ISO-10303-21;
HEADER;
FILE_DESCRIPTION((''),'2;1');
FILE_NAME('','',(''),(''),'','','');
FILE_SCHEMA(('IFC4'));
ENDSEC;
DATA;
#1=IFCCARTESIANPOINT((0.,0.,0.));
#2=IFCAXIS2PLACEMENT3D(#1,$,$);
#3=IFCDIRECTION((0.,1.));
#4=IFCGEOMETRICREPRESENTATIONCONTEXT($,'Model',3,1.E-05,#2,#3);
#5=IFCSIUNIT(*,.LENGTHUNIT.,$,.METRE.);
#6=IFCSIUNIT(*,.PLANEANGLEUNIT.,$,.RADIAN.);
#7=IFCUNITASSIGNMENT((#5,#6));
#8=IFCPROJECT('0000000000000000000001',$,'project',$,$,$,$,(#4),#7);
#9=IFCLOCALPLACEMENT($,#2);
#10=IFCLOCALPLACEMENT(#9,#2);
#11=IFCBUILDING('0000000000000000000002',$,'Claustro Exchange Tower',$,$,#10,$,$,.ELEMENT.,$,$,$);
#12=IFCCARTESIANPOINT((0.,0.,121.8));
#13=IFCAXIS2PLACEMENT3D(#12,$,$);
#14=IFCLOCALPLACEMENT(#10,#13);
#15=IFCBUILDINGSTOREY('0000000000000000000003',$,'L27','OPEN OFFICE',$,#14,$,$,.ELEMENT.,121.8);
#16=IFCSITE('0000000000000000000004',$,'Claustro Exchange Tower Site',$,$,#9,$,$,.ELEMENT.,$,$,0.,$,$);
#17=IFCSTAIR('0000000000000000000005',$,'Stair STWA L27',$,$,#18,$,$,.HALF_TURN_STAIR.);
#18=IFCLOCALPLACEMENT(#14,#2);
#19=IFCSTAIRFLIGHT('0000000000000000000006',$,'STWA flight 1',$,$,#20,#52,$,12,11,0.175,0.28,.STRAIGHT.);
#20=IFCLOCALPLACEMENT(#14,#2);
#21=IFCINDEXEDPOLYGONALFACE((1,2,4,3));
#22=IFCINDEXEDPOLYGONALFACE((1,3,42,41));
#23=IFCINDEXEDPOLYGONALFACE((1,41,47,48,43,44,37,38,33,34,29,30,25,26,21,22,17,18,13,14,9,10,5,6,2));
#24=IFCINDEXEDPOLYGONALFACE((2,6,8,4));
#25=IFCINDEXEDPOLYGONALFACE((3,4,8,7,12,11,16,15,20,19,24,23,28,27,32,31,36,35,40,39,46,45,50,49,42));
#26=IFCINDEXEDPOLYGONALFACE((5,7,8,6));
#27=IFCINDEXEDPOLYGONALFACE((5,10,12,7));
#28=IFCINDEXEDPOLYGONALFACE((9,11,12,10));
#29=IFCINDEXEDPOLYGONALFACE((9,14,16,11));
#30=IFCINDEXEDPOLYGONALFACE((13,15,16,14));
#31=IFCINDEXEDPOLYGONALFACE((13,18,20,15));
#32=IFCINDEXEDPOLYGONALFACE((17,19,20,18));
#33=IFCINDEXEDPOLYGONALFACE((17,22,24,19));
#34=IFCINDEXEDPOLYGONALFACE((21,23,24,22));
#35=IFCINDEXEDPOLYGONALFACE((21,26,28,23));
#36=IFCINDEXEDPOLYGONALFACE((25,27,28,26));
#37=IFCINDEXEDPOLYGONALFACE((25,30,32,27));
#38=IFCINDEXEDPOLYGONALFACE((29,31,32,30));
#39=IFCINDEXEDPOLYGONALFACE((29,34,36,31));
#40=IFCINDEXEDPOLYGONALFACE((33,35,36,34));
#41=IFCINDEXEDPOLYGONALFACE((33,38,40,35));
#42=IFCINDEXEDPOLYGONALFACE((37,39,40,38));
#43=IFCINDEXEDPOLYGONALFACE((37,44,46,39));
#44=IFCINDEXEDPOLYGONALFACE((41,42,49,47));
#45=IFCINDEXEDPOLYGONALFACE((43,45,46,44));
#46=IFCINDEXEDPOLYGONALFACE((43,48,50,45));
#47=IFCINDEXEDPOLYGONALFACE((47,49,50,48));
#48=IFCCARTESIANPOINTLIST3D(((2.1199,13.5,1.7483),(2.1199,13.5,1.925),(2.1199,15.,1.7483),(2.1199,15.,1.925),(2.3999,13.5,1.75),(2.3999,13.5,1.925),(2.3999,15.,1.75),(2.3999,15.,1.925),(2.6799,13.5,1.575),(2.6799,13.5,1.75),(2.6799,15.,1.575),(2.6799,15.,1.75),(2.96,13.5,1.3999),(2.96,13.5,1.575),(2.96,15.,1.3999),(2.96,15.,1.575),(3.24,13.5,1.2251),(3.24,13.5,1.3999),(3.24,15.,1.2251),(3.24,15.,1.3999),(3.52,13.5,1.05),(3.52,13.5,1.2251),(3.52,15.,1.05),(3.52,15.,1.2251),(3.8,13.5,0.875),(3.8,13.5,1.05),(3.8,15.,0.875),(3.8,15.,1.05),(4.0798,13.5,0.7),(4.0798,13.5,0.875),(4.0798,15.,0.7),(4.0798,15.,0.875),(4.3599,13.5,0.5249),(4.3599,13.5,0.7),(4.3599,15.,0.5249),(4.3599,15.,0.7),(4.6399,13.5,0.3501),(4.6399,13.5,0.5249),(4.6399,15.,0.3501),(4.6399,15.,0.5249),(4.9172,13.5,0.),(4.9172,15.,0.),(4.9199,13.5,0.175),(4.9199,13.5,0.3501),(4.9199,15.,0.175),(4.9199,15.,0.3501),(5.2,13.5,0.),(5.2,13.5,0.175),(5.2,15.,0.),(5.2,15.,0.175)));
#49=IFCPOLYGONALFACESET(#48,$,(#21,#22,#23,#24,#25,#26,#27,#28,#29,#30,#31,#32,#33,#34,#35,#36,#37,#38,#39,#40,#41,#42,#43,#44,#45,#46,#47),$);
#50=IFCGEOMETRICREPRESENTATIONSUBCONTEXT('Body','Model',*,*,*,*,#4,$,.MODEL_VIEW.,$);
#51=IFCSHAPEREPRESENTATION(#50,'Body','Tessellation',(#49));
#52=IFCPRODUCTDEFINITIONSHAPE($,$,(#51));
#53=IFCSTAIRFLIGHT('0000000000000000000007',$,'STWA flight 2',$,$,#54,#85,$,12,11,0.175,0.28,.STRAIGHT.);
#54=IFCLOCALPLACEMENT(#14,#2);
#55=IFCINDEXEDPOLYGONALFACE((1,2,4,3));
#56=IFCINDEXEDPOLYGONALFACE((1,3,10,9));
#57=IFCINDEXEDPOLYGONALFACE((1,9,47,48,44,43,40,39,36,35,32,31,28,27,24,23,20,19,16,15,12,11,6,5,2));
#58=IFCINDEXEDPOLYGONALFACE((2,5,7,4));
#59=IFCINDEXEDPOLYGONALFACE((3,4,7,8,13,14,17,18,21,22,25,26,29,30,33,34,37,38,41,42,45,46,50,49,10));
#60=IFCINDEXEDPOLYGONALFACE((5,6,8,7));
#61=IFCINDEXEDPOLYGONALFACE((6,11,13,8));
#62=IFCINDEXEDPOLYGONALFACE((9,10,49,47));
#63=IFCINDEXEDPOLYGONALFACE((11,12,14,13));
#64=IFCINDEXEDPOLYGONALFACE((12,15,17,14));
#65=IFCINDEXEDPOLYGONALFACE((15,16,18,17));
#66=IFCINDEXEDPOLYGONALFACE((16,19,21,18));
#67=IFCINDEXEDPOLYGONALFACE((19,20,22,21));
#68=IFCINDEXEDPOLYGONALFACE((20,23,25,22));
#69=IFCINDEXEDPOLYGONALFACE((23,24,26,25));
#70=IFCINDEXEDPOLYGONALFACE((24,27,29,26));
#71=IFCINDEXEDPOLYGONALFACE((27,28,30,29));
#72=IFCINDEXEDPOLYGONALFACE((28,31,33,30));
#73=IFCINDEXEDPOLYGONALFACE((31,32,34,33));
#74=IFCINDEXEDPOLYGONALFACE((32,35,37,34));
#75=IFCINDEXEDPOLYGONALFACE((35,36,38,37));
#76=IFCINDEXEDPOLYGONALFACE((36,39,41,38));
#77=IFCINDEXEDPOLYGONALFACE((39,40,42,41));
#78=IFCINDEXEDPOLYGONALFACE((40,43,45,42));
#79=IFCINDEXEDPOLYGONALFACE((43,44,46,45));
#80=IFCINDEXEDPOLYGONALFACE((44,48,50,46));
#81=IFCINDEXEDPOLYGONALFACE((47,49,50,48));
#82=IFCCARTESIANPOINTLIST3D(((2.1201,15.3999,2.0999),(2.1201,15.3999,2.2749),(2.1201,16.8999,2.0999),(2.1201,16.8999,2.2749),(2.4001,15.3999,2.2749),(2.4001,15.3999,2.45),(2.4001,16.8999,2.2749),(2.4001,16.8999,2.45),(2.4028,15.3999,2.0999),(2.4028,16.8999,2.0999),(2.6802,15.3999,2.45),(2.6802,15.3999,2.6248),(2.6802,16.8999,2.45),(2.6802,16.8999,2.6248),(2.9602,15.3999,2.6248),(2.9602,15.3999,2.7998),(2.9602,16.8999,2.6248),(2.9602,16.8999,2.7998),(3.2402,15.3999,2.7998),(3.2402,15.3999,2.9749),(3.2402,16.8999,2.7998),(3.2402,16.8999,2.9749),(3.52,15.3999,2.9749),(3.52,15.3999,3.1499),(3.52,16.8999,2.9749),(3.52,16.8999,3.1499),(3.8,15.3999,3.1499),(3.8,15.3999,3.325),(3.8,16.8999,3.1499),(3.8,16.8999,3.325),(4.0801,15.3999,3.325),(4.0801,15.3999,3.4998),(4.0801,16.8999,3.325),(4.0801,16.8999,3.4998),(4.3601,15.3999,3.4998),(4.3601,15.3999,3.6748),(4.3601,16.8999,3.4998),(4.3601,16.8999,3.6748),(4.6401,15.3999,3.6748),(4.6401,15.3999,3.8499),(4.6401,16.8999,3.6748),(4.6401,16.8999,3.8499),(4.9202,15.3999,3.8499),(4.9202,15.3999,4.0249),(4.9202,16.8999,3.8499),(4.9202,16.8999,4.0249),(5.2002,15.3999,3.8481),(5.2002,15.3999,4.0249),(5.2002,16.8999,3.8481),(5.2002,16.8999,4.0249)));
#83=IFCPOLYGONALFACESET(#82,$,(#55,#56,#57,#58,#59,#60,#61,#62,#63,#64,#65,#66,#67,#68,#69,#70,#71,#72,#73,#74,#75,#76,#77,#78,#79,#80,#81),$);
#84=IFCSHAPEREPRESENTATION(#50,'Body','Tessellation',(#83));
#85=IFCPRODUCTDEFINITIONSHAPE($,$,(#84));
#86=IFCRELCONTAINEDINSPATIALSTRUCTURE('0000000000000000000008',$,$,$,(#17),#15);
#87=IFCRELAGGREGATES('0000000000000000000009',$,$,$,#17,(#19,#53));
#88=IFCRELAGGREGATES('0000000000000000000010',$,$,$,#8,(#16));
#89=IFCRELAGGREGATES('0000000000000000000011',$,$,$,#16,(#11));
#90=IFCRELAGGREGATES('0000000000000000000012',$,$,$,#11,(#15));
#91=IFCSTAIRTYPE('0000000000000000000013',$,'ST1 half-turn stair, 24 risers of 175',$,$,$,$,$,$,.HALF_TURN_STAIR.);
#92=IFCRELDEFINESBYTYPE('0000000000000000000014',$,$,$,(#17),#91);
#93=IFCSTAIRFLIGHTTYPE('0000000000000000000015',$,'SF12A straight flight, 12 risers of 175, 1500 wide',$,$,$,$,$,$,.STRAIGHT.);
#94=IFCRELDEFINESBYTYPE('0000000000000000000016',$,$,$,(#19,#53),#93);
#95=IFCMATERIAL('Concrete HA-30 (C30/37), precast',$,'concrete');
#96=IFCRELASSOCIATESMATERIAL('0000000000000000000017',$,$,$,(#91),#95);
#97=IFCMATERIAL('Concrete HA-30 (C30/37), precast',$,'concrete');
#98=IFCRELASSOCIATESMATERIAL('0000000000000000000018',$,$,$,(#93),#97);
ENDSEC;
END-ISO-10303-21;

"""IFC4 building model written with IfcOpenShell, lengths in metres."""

from ifc_helpers import new_model, si_unit, direction, frame, origin, place, context, subcontext, project, spatial, polyline, outline, extrude, material, type_object, element, aggregate, save


model = new_model("IFC4")

# Units and contexts
model_context = context("Model", 3, precision=1e-05, world=origin(), true_north=direction((0.0, 1.0)))
body_context = subcontext(model_context, "Body", "Model", "MODEL_VIEW")
ifc_project = project(units=[si_unit("LENGTHUNIT", "METRE"), si_unit("PLANEANGLEUNIT", "RADIAN")], contexts=[model_context])

# Site, building, storey
site_placement = place(None, origin())
site = spatial("IfcSite", under=ifc_project, at=site_placement, Name="Claustro Exchange Tower Site", CompositionType="ELEMENT", RefElevation=0.0)
building_placement = place(site_placement, origin())
building = spatial("IfcBuilding", under=site, at=building_placement, Name="Claustro Exchange Tower", CompositionType="ELEMENT")
storey_placement = place(building_placement, frame((0.0, 0.0, 121.8)))
storey = spatial("IfcBuildingStorey", under=building, at=storey_placement, Name="L27", Description="OPEN OFFICE", CompositionType="ELEMENT", Elevation=121.8)

# Stair, stair flights
ifc_material_1 = material(Name="Concrete HA-30 (C30/37), precast", Category="concrete")
stair_type = type_object("IfcStairType", Name="ST1 half-turn stair, 24 risers of 175", PredefinedType="HALF_TURN_STAIR", material=ifc_material_1)
stair_placement = place(storey_placement, origin())
stair = element("IfcStair", 1, at=stair_placement, inside=storey, type_object=stair_type, Name="Stair STWA L27", PredefinedType="HALF_TURN_STAIR")
ifc_material_2 = material(Name="Concrete HA-30 (C30/37), precast", Category="concrete")
stair_flight_type = type_object("IfcStairFlightType", Name="SF12A straight flight, 12 risers of 175, 1500 wide", PredefinedType="STRAIGHT", material=ifc_material_2)
stair_flight_1_placement = place(storey_placement, frame((5.2, 14.25, 0.0), z_axis=(0.0, 0.0, 1.0), x_axis=(-1.0, 0.0, 0.0)))
stair_flight_1 = element("IfcStairFlight", 2, at=stair_flight_1_placement, type_object=stair_flight_type, Name="STWA flight 1", NumberOfRisers=12, NumberOfTreads=11, PredefinedType="STRAIGHT", RiserHeight=0.175, TreadLength=0.28, context=body_context, shape_type="SweptSolid", body=[
    extrude(outline(polyline([(0.0, 0.0), (0.0, 0.175), (0.28, 0.175), (0.28, 0.3501), (0.5601, 0.3501), (0.5601, 0.5249), (0.8401, 0.5249), (0.8401, 0.7), (1.1201, 0.7), (1.1201, 0.875), (1.3999, 0.875), (1.3999, 1.05), (1.6799, 1.05), (1.6799, 1.2251), (1.96, 1.2251), (1.96, 1.3999), (2.24, 1.3999), (2.24, 1.575), (2.52, 1.575), (2.52, 1.75), (2.8, 1.75), (2.8, 1.925), (3.0801, 1.925), (3.0801, 2.1001), (3.0801, 1.7483), (0.2827, 0.0), (0.0, 0.0)])), frame((0.0, 0.75, 0.0), z_axis=(0.0, -1.0, 0.0), x_axis=(1.0, 0.0, 0.0)), (0.0, 0.0, 1.0), 1.5),
])
stair_flight_2_placement = place(storey_placement, frame((2.1201, 16.1499, 2.0999), z_axis=(0.0, 0.0, 1.0), x_axis=(1.0, 0.0, 0.0)))
stair_flight_2 = element("IfcStairFlight", 3, at=stair_flight_2_placement, type_object=stair_flight_type, Name="STWA flight 2", NumberOfRisers=12, NumberOfTreads=11, PredefinedType="STRAIGHT", RiserHeight=0.175, TreadLength=0.28, context=body_context, shape_type="SweptSolid", body=[
    extrude(outline(polyline([(0.0, 0.0), (0.0, 0.175), (0.28, 0.175), (0.28, 0.3501), (0.5601, 0.3501), (0.5601, 0.5249), (0.8401, 0.5249), (0.8401, 0.7), (1.1201, 0.7), (1.1201, 0.875), (1.3999, 0.875), (1.3999, 1.05), (1.6799, 1.05), (1.6799, 1.2251), (1.96, 1.2251), (1.96, 1.3999), (2.24, 1.3999), (2.24, 1.575), (2.52, 1.575), (2.52, 1.75), (2.8, 1.75), (2.8, 1.925), (3.0801, 1.925), (3.0801, 2.1001), (3.0801, 1.7483), (0.2827, 0.0), (0.0, 0.0)])), frame((0.0, 0.75, 0.0), z_axis=(0.0, -1.0, 0.0), x_axis=(1.0, 0.0, 0.0)), (0.0, 0.0, 1.0), 1.5),
])
aggregate(stair, [stair_flight_1, stair_flight_2])

save(model, "model.ifc")
